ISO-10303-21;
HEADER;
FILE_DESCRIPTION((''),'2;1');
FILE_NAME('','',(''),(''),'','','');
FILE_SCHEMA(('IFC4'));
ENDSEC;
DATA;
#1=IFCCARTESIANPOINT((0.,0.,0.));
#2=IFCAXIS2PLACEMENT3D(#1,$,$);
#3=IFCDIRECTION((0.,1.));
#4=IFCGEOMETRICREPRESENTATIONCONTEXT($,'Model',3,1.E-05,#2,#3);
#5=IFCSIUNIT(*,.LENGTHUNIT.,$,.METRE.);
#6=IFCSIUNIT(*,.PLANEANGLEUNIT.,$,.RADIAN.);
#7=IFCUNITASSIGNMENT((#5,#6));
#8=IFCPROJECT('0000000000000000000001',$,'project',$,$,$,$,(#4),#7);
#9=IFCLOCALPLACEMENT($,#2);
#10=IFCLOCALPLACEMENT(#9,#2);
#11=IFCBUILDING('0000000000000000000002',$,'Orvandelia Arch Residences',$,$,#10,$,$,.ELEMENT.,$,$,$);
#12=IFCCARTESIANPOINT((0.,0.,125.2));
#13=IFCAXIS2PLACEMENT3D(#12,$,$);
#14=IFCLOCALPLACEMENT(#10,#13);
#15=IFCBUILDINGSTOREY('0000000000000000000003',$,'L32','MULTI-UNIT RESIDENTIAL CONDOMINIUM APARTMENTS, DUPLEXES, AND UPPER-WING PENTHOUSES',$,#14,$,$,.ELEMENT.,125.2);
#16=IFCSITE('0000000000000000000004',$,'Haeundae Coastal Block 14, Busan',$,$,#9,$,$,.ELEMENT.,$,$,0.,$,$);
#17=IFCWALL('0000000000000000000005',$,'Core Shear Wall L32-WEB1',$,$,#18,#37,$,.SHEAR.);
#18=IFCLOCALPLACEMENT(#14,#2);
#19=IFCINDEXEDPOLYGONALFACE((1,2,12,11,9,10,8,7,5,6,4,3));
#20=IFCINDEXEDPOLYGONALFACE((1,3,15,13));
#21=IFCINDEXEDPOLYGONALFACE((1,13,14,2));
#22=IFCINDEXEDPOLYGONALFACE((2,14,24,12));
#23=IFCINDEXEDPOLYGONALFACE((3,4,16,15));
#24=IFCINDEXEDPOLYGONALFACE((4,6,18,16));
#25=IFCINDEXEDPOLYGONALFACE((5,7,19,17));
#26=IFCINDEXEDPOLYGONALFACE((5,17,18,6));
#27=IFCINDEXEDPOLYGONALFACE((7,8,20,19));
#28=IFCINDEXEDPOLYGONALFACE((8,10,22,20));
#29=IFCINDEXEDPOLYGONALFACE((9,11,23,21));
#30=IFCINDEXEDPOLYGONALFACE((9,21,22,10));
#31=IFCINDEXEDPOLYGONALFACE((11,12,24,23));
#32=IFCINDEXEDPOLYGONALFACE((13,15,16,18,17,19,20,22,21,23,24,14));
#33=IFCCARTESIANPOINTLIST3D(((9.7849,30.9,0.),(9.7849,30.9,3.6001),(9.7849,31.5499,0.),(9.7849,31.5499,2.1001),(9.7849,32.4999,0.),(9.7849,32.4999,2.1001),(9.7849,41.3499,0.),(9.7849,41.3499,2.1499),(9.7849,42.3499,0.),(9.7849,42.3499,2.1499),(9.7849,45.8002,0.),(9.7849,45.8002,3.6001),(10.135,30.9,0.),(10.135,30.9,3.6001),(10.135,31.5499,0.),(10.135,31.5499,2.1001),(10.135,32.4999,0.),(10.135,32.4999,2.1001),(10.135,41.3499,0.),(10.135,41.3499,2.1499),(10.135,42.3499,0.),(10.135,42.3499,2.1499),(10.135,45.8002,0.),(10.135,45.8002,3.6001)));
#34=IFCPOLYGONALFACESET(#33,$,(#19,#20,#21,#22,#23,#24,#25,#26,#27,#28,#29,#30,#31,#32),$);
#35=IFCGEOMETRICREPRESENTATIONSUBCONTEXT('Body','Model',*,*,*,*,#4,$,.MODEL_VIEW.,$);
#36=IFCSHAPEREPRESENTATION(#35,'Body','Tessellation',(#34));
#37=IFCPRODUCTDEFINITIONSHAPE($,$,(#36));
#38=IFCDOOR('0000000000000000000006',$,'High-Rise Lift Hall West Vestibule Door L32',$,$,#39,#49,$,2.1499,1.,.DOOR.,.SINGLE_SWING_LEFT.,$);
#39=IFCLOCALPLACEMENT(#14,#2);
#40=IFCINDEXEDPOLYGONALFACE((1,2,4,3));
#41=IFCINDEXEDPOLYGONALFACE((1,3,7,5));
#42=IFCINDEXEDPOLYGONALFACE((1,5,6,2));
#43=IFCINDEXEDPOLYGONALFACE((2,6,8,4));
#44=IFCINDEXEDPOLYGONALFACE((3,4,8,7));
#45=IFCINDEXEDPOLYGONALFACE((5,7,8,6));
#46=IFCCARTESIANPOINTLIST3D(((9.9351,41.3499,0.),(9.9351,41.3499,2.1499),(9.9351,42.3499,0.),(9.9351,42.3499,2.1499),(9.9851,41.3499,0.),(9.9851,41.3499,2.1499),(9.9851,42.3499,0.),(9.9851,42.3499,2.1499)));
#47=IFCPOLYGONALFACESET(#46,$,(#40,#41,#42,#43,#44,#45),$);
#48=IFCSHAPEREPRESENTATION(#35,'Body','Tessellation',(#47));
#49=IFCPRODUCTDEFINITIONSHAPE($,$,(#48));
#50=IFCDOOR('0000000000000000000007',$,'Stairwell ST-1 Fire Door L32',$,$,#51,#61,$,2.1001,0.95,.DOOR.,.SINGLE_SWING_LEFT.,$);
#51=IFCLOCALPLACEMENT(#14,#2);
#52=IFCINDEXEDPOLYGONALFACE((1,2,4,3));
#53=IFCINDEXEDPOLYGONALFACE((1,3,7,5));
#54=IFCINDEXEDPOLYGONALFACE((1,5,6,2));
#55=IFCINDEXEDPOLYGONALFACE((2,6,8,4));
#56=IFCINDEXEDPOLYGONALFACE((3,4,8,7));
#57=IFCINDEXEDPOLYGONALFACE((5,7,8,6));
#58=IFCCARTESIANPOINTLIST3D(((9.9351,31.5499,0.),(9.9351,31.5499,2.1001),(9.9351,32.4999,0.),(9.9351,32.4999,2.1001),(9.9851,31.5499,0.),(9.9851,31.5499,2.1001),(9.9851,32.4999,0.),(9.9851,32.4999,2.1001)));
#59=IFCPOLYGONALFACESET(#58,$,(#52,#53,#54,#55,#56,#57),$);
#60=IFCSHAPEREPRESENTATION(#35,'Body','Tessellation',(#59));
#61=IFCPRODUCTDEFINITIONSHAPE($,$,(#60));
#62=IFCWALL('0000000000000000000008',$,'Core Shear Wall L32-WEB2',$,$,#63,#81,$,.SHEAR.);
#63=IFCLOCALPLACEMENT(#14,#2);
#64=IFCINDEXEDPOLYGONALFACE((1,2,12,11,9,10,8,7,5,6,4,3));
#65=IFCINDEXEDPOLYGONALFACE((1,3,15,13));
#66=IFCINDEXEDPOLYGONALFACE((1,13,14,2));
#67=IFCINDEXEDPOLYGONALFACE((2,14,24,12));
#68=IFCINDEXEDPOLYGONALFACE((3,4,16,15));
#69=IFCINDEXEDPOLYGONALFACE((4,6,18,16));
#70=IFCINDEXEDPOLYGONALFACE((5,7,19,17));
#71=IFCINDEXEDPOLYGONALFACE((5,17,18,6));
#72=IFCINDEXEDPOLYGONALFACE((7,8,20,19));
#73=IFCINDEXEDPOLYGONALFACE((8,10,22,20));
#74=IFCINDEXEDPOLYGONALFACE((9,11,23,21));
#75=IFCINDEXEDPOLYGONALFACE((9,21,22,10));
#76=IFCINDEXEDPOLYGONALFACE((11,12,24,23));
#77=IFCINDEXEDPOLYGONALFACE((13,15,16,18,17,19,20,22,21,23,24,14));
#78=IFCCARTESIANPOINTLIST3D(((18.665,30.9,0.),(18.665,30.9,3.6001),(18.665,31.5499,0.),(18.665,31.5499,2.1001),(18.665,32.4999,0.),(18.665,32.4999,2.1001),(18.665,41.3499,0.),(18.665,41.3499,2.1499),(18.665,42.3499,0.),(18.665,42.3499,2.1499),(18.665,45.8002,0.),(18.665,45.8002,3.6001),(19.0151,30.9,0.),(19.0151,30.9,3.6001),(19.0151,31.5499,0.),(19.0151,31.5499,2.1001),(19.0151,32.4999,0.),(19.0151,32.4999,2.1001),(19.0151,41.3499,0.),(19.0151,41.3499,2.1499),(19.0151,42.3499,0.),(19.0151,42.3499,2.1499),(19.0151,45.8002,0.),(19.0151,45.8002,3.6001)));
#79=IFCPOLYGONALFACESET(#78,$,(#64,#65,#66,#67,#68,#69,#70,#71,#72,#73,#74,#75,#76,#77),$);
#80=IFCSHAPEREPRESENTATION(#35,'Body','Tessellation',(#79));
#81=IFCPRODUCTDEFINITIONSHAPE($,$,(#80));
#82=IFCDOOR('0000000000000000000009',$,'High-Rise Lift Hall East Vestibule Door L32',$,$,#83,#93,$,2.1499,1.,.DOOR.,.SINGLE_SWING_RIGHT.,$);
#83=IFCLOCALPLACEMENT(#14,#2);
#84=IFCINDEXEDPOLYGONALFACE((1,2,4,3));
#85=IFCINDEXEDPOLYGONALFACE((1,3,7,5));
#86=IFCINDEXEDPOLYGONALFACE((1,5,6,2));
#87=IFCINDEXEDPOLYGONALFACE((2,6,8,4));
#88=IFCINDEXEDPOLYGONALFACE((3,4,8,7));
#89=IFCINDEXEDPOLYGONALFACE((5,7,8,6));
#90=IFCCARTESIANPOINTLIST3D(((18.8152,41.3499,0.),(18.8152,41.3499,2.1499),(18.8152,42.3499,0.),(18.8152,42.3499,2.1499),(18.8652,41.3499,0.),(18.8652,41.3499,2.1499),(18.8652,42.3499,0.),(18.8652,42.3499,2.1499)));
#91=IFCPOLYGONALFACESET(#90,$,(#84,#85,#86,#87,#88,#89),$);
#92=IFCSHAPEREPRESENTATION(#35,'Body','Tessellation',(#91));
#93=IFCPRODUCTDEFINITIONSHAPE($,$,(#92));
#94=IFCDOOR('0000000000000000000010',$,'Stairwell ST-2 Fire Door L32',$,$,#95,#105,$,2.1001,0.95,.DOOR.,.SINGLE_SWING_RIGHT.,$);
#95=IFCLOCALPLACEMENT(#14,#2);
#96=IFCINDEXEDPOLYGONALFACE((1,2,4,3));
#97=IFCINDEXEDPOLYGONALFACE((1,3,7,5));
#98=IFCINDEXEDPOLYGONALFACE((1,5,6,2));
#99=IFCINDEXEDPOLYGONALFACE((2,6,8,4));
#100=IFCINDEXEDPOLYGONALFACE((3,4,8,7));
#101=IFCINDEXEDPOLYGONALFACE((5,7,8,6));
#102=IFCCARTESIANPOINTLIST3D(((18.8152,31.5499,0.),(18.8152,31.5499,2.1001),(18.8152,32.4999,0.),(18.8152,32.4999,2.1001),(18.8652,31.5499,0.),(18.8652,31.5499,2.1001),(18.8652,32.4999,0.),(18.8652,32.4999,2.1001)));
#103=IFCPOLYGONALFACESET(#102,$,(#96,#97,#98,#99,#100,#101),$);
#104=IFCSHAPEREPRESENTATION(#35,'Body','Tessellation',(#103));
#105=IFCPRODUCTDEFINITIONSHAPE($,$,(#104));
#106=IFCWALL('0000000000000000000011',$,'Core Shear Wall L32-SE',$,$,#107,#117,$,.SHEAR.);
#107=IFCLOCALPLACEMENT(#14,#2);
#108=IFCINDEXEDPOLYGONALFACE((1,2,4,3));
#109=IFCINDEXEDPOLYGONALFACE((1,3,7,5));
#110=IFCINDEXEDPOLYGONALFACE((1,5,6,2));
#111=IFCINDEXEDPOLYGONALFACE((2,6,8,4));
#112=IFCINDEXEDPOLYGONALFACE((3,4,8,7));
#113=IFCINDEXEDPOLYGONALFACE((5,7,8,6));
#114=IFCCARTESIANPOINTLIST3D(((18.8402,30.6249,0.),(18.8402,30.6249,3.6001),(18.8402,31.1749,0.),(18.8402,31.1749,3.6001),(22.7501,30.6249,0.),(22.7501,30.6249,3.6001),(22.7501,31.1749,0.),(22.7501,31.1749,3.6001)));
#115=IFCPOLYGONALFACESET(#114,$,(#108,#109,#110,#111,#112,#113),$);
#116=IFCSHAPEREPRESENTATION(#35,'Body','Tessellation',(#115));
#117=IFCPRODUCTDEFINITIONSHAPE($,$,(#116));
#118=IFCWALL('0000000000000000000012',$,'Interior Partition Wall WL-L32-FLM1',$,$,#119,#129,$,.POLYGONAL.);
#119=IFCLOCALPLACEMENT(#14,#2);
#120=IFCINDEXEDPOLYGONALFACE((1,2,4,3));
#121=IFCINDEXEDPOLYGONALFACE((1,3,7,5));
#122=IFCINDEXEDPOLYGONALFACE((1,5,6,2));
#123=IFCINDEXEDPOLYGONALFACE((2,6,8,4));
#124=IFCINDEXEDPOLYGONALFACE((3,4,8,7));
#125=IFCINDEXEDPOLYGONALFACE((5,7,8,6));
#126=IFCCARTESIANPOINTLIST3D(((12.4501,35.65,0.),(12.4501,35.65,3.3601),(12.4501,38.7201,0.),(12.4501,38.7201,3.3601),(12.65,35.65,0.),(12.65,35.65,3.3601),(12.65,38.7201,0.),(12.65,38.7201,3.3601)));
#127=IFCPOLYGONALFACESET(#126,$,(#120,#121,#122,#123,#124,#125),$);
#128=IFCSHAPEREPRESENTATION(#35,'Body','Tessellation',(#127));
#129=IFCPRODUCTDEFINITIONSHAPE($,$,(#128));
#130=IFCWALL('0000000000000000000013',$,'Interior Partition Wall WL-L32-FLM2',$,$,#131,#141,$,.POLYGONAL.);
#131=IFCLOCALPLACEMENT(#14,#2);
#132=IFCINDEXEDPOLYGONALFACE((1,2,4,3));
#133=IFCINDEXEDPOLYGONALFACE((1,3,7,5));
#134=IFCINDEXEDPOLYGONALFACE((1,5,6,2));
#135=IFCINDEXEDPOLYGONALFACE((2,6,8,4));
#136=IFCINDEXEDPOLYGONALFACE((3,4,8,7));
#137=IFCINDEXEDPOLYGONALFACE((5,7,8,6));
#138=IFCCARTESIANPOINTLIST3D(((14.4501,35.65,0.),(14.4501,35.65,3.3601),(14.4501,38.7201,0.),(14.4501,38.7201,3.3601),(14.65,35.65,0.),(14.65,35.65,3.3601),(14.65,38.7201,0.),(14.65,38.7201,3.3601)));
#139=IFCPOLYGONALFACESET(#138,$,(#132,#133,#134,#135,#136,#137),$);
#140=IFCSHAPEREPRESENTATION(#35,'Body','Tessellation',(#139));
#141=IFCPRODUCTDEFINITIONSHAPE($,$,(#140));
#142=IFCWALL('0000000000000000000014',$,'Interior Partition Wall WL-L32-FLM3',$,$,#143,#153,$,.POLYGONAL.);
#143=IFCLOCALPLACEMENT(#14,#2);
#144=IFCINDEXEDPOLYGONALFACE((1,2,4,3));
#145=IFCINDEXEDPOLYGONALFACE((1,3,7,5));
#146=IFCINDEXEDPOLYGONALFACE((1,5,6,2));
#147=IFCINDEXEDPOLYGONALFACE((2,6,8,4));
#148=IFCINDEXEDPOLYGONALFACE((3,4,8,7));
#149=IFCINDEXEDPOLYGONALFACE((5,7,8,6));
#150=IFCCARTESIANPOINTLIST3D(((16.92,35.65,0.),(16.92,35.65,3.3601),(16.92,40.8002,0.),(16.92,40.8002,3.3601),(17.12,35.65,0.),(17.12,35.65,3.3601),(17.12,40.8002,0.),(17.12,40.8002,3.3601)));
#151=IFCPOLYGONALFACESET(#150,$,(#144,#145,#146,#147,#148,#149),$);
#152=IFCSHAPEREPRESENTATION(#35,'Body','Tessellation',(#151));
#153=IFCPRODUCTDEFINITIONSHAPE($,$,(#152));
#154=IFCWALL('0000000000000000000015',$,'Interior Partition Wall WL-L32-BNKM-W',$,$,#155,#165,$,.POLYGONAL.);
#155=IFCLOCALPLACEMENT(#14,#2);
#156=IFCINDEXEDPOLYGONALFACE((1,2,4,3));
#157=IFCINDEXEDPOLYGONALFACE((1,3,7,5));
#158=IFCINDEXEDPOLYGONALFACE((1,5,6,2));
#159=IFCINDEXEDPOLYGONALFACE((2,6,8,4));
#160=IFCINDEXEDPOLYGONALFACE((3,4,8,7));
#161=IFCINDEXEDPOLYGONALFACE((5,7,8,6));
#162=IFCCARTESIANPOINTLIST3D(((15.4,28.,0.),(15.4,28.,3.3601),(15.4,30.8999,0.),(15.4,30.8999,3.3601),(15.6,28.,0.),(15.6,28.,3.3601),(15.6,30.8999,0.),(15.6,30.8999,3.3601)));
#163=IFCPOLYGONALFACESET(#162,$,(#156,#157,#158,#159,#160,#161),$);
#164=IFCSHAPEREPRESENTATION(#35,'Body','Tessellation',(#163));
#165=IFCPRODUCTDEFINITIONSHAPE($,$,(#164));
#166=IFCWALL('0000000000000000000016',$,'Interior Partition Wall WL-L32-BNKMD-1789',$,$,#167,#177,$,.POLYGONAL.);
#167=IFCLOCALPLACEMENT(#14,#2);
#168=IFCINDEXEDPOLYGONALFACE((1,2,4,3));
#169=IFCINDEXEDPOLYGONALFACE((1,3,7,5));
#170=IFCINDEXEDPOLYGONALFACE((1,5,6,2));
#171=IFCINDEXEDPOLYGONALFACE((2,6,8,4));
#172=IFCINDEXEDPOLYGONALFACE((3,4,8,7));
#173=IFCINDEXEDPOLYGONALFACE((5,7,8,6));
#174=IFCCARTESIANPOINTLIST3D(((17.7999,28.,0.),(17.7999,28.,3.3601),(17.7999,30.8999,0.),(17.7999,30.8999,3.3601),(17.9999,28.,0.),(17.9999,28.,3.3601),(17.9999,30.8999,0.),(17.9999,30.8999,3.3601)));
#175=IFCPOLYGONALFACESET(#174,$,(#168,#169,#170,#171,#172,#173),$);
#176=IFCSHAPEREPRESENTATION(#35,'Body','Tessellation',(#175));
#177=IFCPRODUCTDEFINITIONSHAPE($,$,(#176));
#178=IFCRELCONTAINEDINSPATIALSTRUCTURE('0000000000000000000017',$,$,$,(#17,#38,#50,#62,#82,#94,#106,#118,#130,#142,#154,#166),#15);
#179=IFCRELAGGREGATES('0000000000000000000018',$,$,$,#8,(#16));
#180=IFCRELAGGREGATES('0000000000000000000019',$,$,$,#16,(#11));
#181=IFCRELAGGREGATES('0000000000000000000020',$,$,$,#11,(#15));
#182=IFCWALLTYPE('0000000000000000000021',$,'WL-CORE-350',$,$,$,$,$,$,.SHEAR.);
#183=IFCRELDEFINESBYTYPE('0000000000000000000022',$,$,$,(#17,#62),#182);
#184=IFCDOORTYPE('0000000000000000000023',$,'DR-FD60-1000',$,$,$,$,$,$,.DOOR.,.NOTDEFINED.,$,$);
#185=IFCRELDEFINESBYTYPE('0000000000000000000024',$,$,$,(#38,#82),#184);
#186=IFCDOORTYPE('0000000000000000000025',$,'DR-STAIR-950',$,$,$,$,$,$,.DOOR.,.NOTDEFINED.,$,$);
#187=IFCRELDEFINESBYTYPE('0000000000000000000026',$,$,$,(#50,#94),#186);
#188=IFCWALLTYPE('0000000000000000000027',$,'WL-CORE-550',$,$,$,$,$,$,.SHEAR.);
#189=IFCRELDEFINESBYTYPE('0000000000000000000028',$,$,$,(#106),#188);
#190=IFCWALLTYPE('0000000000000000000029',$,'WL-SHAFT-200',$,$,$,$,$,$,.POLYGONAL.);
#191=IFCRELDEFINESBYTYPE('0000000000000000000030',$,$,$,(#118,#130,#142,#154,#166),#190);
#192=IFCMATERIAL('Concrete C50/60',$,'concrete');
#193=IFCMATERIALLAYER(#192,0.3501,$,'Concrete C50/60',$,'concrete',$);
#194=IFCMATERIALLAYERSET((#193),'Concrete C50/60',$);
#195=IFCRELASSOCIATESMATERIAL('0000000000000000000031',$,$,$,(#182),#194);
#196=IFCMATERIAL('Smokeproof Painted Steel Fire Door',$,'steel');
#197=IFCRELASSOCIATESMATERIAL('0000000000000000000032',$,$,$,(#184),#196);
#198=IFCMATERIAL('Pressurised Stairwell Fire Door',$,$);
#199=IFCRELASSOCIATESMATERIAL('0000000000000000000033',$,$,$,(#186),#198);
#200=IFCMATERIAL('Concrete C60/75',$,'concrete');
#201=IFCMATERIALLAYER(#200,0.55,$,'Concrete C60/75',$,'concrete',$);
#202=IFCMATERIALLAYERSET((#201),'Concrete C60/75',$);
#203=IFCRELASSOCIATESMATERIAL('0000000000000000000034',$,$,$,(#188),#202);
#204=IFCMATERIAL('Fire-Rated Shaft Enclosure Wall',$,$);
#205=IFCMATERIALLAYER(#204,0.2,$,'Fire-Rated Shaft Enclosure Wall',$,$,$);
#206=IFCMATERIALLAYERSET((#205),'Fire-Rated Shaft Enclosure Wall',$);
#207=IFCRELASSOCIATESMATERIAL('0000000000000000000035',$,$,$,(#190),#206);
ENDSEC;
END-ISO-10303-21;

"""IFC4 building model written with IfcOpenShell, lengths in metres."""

from ifc_helpers import new_model, si_unit, direction, frame, frame_2d, origin, place, context, subcontext, project, spatial, rectangle, extrude, material, layer, layer_set, type_object, element, fill, save


model = new_model("IFC4")

# Units and contexts
model_context = context("Model", 3, precision=1e-05, world=origin(), true_north=direction((0.0, 1.0)))
body_context = subcontext(model_context, "Body", "Model", "MODEL_VIEW")
ifc_project = project(units=[si_unit("LENGTHUNIT", "METRE"), si_unit("PLANEANGLEUNIT", "RADIAN")], contexts=[model_context])

# Site, building, storey
site_placement = place(None, origin())
site = spatial("IfcSite", under=ifc_project, at=site_placement, Name="Haeundae Coastal Block 14, Busan", CompositionType="ELEMENT", RefElevation=0.0)
building_placement = place(site_placement, origin())
building = spatial("IfcBuilding", under=site, at=building_placement, Name="Orvandelia Arch Residences", CompositionType="ELEMENT")
storey_placement = place(building_placement, frame((0.0, 0.0, 125.2)))
storey = spatial("IfcBuildingStorey", under=building, at=storey_placement, Name="L32", Description="MULTI-UNIT RESIDENTIAL CONDOMINIUM APARTMENTS, DUPLEXES, AND UPPER-WING PENTHOUSES", CompositionType="ELEMENT", Elevation=125.2)

# Walls, openings, doors
ifc_material_1 = material(Name="Concrete C50/60", Category="concrete")
ifc_layer_1 = layer(ifc_material_1, 0.3501, Name="Concrete C50/60", Category="concrete")
ifc_layer_set_1 = layer_set([ifc_layer_1], Name="Concrete C50/60")
wall_type_1 = type_object("IfcWallType", Name="WL-CORE-350", PredefinedType="SHEAR", material=ifc_layer_set_1)
wall_1_placement = place(storey_placement, frame((9.96, 30.8999, 0.0), z_axis=(0.0, 0.0, 1.0), x_axis=(0.0, 1.0, 0.0)))
wall_1 = element("IfcWall", 1, at=wall_1_placement, inside=storey, type_object=wall_type_1, Name="Core Shear Wall L32-WEB1", PredefinedType="SHEAR", context=body_context, shape_type="SweptSolid", body=[
    extrude(rectangle(XDim=14.9001, YDim=0.3501, at=frame_2d((7.4502, 0.0))), origin(), (0.0, 0.0, 1.0), 3.6001),
])
opening_1_placement = place(wall_1_placement, frame((0.6499, 0.0, 0.0)))
opening_1 = element("IfcOpeningElement", 2, at=opening_1_placement, cuts=wall_1, PredefinedType="OPENING", context=body_context, shape_type="SweptSolid", body=[
    extrude(rectangle(XDim=0.95, YDim=2.1001, at=frame_2d((0.4751, 1.05))), frame((0.0, 0.1851, 0.0), z_axis=(0.0, -1.0, 0.0), x_axis=(1.0, 0.0, 0.0)), (0.0, 0.0, 1.0), 0.3701),
])
opening_2_placement = place(wall_1_placement, frame((10.45, 0.0, 0.0)))
opening_2 = element("IfcOpeningElement", 3, at=opening_2_placement, cuts=wall_1, PredefinedType="OPENING", context=body_context, shape_type="SweptSolid", body=[
    extrude(rectangle(XDim=1.0, YDim=2.1499, at=frame_2d((0.5, 1.075))), frame((0.0, 0.1851, 0.0), z_axis=(0.0, -1.0, 0.0), x_axis=(1.0, 0.0, 0.0)), (0.0, 0.0, 1.0), 0.3701),
])
ifc_material_2 = material(Name="Smokeproof Painted Steel Fire Door", Category="steel")
door_type_1 = type_object("IfcDoorType", Name="DR-FD60-1000", OperationType="NOTDEFINED", PredefinedType="DOOR", material=ifc_material_2)
door_1_placement = place(opening_2_placement, origin())
door_1 = element("IfcDoor", 4, at=door_1_placement, inside=storey, type_object=door_type_1, Name="High-Rise Lift Hall West Vestibule Door L32", OperationType="SINGLE_SWING_LEFT", OverallHeight=2.1499, OverallWidth=1.0, PredefinedType="DOOR", context=body_context, shape_type="SweptSolid", body=[
    extrude(rectangle(XDim=1.0, YDim=2.1499, at=frame_2d((0.5, 1.075))), frame((0.0, 0.0249, 0.0), z_axis=(0.0, -1.0, 0.0), x_axis=(1.0, 0.0, 0.0)), (0.0, 0.0, 1.0), 0.05),
])
fill(opening_2, door_1)
ifc_material_3 = material(Name="Pressurised Stairwell Fire Door")
door_type_2 = type_object("IfcDoorType", Name="DR-STAIR-950", OperationType="NOTDEFINED", PredefinedType="DOOR", material=ifc_material_3)
door_2_placement = place(opening_1_placement, origin())
door_2 = element("IfcDoor", 5, at=door_2_placement, inside=storey, type_object=door_type_2, Name="Stairwell ST-1 Fire Door L32", OperationType="SINGLE_SWING_LEFT", OverallHeight=2.1001, OverallWidth=0.95, PredefinedType="DOOR", context=body_context, shape_type="SweptSolid", body=[
    extrude(rectangle(XDim=0.95, YDim=2.1001, at=frame_2d((0.4751, 1.05))), frame((0.0, 0.0249, 0.0), z_axis=(0.0, -1.0, 0.0), x_axis=(1.0, 0.0, 0.0)), (0.0, 0.0, 1.0), 0.05),
])
fill(opening_1, door_2)
wall_2_placement = place(storey_placement, frame((18.8401, 30.8999, 0.0), z_axis=(0.0, 0.0, 1.0), x_axis=(0.0, 1.0, 0.0)))
wall_2 = element("IfcWall", 6, at=wall_2_placement, inside=storey, type_object=wall_type_1, Name="Core Shear Wall L32-WEB2", PredefinedType="SHEAR", context=body_context, shape_type="SweptSolid", body=[
    extrude(rectangle(XDim=14.9001, YDim=0.3501, at=frame_2d((7.4502, 0.0))), origin(), (0.0, 0.0, 1.0), 3.6001),
])
opening_3_placement = place(wall_2_placement, frame((0.6499, 0.0, 0.0)))
opening_3 = element("IfcOpeningElement", 7, at=opening_3_placement, cuts=wall_2, PredefinedType="OPENING", context=body_context, shape_type="SweptSolid", body=[
    extrude(rectangle(XDim=0.95, YDim=2.1001, at=frame_2d((0.4751, 1.05))), frame((0.0, 0.1851, 0.0), z_axis=(0.0, -1.0, 0.0), x_axis=(1.0, 0.0, 0.0)), (0.0, 0.0, 1.0), 0.3701),
])
opening_4_placement = place(wall_2_placement, frame((10.45, 0.0, 0.0)))
opening_4 = element("IfcOpeningElement", 8, at=opening_4_placement, cuts=wall_2, PredefinedType="OPENING", context=body_context, shape_type="SweptSolid", body=[
    extrude(rectangle(XDim=1.0, YDim=2.1499, at=frame_2d((0.5, 1.075))), frame((0.0, 0.1851, 0.0), z_axis=(0.0, -1.0, 0.0), x_axis=(1.0, 0.0, 0.0)), (0.0, 0.0, 1.0), 0.3701),
])
door_3_placement = place(opening_4_placement, origin())
door_3 = element("IfcDoor", 9, at=door_3_placement, inside=storey, type_object=door_type_1, Name="High-Rise Lift Hall East Vestibule Door L32", OperationType="SINGLE_SWING_RIGHT", OverallHeight=2.1499, OverallWidth=1.0, PredefinedType="DOOR", context=body_context, shape_type="SweptSolid", body=[
    extrude(rectangle(XDim=1.0, YDim=2.1499, at=frame_2d((0.5, 1.075))), frame((0.0, 0.0249, 0.0), z_axis=(0.0, -1.0, 0.0), x_axis=(1.0, 0.0, 0.0)), (0.0, 0.0, 1.0), 0.05),
])
fill(opening_4, door_3)
door_4_placement = place(opening_3_placement, origin())
door_4 = element("IfcDoor", 10, at=door_4_placement, inside=storey, type_object=door_type_2, Name="Stairwell ST-2 Fire Door L32", OperationType="SINGLE_SWING_RIGHT", OverallHeight=2.1001, OverallWidth=0.95, PredefinedType="DOOR", context=body_context, shape_type="SweptSolid", body=[
    extrude(rectangle(XDim=0.95, YDim=2.1001, at=frame_2d((0.4751, 1.05))), frame((0.0, 0.0249, 0.0), z_axis=(0.0, -1.0, 0.0), x_axis=(1.0, 0.0, 0.0)), (0.0, 0.0, 1.0), 0.05),
])
fill(opening_3, door_4)

# Shared definitions
ifc_material_4 = material(Name="Concrete C60/75", Category="concrete")
ifc_layer_2 = layer(ifc_material_4, 0.55, Name="Concrete C60/75", Category="concrete")
ifc_layer_set_2 = layer_set([ifc_layer_2], Name="Concrete C60/75")
wall_type_2 = type_object("IfcWallType", Name="WL-CORE-550", PredefinedType="SHEAR", material=ifc_layer_set_2)

# Walls
wall_3_placement = place(storey_placement, frame((18.8401, 30.8999, 0.0), z_axis=(0.0, 0.0, 1.0), x_axis=(1.0, 0.0, 0.0)))
element("IfcWall", 11, at=wall_3_placement, inside=storey, type_object=wall_type_2, Name="Core Shear Wall L32-SE", PredefinedType="SHEAR", context=body_context, shape_type="SweptSolid", body=[
    extrude(rectangle(XDim=3.9099, YDim=0.55, at=frame_2d((1.9551, 0.0))), origin(), (0.0, 0.0, 1.0), 3.6001),
])
ifc_material_5 = material(Name="Fire-Rated Shaft Enclosure Wall")
ifc_layer_3 = layer(ifc_material_5, 0.2, Name="Fire-Rated Shaft Enclosure Wall")
ifc_layer_set_3 = layer_set([ifc_layer_3], Name="Fire-Rated Shaft Enclosure Wall")
wall_type_3 = type_object("IfcWallType", Name="WL-SHAFT-200", PredefinedType="POLYGONAL", material=ifc_layer_set_3)
for number, where, z_axis, x_axis, name in (
    (12, (12.55, 35.6499, 0.0), (0.0, 0.0, 1.0), (0.0, 1.0, 0.0), "Interior Partition Wall WL-L32-FLM1"),
    (13, (14.55, 35.6499, 0.0), (0.0, 0.0, 1.0), (0.0, 1.0, 0.0), "Interior Partition Wall WL-L32-FLM2"),
):
    element("IfcWall", number, at=place(storey_placement, frame(where, z_axis=z_axis, x_axis=x_axis)), inside=storey, type_object=wall_type_3, Name=name, PredefinedType="POLYGONAL", context=body_context, shape_type="SweptSolid", body=[
        extrude(rectangle(XDim=3.0701, YDim=0.2, at=frame_2d((1.5352, 0.0))), origin(), (0.0, 0.0, 1.0), 3.3601),
    ])
wall_4_placement = place(storey_placement, frame((17.02, 35.6499, 0.0), z_axis=(0.0, 0.0, 1.0), x_axis=(0.0, 1.0, 0.0)))
element("IfcWall", 14, at=wall_4_placement, inside=storey, type_object=wall_type_3, Name="Interior Partition Wall WL-L32-FLM3", PredefinedType="POLYGONAL", context=body_context, shape_type="SweptSolid", body=[
    extrude(rectangle(XDim=5.1501, YDim=0.2, at=frame_2d((2.5752, 0.0))), origin(), (0.0, 0.0, 1.0), 3.3601),
])

# Walls
for number, where, z_axis, x_axis, name in (
    (15, (15.5, 28.0, 0.0), (0.0, 0.0, 1.0), (0.0, 1.0, 0.0), "Interior Partition Wall WL-L32-BNKM-W"),
    (16, (17.8999, 28.0, 0.0), (0.0, 0.0, 1.0), (0.0, 1.0, 0.0), "Interior Partition Wall WL-L32-BNKMD-1789"),
):
    element("IfcWall", number, at=place(storey_placement, frame(where, z_axis=z_axis, x_axis=x_axis)), inside=storey, type_object=wall_type_3, Name=name, PredefinedType="POLYGONAL", context=body_context, shape_type="SweptSolid", body=[
        extrude(rectangle(XDim=2.8999, YDim=0.2, at=frame_2d((1.45, 0.0))), origin(), (0.0, 0.0, 1.0), 3.3601),
    ])

save(model, "model.ifc")
